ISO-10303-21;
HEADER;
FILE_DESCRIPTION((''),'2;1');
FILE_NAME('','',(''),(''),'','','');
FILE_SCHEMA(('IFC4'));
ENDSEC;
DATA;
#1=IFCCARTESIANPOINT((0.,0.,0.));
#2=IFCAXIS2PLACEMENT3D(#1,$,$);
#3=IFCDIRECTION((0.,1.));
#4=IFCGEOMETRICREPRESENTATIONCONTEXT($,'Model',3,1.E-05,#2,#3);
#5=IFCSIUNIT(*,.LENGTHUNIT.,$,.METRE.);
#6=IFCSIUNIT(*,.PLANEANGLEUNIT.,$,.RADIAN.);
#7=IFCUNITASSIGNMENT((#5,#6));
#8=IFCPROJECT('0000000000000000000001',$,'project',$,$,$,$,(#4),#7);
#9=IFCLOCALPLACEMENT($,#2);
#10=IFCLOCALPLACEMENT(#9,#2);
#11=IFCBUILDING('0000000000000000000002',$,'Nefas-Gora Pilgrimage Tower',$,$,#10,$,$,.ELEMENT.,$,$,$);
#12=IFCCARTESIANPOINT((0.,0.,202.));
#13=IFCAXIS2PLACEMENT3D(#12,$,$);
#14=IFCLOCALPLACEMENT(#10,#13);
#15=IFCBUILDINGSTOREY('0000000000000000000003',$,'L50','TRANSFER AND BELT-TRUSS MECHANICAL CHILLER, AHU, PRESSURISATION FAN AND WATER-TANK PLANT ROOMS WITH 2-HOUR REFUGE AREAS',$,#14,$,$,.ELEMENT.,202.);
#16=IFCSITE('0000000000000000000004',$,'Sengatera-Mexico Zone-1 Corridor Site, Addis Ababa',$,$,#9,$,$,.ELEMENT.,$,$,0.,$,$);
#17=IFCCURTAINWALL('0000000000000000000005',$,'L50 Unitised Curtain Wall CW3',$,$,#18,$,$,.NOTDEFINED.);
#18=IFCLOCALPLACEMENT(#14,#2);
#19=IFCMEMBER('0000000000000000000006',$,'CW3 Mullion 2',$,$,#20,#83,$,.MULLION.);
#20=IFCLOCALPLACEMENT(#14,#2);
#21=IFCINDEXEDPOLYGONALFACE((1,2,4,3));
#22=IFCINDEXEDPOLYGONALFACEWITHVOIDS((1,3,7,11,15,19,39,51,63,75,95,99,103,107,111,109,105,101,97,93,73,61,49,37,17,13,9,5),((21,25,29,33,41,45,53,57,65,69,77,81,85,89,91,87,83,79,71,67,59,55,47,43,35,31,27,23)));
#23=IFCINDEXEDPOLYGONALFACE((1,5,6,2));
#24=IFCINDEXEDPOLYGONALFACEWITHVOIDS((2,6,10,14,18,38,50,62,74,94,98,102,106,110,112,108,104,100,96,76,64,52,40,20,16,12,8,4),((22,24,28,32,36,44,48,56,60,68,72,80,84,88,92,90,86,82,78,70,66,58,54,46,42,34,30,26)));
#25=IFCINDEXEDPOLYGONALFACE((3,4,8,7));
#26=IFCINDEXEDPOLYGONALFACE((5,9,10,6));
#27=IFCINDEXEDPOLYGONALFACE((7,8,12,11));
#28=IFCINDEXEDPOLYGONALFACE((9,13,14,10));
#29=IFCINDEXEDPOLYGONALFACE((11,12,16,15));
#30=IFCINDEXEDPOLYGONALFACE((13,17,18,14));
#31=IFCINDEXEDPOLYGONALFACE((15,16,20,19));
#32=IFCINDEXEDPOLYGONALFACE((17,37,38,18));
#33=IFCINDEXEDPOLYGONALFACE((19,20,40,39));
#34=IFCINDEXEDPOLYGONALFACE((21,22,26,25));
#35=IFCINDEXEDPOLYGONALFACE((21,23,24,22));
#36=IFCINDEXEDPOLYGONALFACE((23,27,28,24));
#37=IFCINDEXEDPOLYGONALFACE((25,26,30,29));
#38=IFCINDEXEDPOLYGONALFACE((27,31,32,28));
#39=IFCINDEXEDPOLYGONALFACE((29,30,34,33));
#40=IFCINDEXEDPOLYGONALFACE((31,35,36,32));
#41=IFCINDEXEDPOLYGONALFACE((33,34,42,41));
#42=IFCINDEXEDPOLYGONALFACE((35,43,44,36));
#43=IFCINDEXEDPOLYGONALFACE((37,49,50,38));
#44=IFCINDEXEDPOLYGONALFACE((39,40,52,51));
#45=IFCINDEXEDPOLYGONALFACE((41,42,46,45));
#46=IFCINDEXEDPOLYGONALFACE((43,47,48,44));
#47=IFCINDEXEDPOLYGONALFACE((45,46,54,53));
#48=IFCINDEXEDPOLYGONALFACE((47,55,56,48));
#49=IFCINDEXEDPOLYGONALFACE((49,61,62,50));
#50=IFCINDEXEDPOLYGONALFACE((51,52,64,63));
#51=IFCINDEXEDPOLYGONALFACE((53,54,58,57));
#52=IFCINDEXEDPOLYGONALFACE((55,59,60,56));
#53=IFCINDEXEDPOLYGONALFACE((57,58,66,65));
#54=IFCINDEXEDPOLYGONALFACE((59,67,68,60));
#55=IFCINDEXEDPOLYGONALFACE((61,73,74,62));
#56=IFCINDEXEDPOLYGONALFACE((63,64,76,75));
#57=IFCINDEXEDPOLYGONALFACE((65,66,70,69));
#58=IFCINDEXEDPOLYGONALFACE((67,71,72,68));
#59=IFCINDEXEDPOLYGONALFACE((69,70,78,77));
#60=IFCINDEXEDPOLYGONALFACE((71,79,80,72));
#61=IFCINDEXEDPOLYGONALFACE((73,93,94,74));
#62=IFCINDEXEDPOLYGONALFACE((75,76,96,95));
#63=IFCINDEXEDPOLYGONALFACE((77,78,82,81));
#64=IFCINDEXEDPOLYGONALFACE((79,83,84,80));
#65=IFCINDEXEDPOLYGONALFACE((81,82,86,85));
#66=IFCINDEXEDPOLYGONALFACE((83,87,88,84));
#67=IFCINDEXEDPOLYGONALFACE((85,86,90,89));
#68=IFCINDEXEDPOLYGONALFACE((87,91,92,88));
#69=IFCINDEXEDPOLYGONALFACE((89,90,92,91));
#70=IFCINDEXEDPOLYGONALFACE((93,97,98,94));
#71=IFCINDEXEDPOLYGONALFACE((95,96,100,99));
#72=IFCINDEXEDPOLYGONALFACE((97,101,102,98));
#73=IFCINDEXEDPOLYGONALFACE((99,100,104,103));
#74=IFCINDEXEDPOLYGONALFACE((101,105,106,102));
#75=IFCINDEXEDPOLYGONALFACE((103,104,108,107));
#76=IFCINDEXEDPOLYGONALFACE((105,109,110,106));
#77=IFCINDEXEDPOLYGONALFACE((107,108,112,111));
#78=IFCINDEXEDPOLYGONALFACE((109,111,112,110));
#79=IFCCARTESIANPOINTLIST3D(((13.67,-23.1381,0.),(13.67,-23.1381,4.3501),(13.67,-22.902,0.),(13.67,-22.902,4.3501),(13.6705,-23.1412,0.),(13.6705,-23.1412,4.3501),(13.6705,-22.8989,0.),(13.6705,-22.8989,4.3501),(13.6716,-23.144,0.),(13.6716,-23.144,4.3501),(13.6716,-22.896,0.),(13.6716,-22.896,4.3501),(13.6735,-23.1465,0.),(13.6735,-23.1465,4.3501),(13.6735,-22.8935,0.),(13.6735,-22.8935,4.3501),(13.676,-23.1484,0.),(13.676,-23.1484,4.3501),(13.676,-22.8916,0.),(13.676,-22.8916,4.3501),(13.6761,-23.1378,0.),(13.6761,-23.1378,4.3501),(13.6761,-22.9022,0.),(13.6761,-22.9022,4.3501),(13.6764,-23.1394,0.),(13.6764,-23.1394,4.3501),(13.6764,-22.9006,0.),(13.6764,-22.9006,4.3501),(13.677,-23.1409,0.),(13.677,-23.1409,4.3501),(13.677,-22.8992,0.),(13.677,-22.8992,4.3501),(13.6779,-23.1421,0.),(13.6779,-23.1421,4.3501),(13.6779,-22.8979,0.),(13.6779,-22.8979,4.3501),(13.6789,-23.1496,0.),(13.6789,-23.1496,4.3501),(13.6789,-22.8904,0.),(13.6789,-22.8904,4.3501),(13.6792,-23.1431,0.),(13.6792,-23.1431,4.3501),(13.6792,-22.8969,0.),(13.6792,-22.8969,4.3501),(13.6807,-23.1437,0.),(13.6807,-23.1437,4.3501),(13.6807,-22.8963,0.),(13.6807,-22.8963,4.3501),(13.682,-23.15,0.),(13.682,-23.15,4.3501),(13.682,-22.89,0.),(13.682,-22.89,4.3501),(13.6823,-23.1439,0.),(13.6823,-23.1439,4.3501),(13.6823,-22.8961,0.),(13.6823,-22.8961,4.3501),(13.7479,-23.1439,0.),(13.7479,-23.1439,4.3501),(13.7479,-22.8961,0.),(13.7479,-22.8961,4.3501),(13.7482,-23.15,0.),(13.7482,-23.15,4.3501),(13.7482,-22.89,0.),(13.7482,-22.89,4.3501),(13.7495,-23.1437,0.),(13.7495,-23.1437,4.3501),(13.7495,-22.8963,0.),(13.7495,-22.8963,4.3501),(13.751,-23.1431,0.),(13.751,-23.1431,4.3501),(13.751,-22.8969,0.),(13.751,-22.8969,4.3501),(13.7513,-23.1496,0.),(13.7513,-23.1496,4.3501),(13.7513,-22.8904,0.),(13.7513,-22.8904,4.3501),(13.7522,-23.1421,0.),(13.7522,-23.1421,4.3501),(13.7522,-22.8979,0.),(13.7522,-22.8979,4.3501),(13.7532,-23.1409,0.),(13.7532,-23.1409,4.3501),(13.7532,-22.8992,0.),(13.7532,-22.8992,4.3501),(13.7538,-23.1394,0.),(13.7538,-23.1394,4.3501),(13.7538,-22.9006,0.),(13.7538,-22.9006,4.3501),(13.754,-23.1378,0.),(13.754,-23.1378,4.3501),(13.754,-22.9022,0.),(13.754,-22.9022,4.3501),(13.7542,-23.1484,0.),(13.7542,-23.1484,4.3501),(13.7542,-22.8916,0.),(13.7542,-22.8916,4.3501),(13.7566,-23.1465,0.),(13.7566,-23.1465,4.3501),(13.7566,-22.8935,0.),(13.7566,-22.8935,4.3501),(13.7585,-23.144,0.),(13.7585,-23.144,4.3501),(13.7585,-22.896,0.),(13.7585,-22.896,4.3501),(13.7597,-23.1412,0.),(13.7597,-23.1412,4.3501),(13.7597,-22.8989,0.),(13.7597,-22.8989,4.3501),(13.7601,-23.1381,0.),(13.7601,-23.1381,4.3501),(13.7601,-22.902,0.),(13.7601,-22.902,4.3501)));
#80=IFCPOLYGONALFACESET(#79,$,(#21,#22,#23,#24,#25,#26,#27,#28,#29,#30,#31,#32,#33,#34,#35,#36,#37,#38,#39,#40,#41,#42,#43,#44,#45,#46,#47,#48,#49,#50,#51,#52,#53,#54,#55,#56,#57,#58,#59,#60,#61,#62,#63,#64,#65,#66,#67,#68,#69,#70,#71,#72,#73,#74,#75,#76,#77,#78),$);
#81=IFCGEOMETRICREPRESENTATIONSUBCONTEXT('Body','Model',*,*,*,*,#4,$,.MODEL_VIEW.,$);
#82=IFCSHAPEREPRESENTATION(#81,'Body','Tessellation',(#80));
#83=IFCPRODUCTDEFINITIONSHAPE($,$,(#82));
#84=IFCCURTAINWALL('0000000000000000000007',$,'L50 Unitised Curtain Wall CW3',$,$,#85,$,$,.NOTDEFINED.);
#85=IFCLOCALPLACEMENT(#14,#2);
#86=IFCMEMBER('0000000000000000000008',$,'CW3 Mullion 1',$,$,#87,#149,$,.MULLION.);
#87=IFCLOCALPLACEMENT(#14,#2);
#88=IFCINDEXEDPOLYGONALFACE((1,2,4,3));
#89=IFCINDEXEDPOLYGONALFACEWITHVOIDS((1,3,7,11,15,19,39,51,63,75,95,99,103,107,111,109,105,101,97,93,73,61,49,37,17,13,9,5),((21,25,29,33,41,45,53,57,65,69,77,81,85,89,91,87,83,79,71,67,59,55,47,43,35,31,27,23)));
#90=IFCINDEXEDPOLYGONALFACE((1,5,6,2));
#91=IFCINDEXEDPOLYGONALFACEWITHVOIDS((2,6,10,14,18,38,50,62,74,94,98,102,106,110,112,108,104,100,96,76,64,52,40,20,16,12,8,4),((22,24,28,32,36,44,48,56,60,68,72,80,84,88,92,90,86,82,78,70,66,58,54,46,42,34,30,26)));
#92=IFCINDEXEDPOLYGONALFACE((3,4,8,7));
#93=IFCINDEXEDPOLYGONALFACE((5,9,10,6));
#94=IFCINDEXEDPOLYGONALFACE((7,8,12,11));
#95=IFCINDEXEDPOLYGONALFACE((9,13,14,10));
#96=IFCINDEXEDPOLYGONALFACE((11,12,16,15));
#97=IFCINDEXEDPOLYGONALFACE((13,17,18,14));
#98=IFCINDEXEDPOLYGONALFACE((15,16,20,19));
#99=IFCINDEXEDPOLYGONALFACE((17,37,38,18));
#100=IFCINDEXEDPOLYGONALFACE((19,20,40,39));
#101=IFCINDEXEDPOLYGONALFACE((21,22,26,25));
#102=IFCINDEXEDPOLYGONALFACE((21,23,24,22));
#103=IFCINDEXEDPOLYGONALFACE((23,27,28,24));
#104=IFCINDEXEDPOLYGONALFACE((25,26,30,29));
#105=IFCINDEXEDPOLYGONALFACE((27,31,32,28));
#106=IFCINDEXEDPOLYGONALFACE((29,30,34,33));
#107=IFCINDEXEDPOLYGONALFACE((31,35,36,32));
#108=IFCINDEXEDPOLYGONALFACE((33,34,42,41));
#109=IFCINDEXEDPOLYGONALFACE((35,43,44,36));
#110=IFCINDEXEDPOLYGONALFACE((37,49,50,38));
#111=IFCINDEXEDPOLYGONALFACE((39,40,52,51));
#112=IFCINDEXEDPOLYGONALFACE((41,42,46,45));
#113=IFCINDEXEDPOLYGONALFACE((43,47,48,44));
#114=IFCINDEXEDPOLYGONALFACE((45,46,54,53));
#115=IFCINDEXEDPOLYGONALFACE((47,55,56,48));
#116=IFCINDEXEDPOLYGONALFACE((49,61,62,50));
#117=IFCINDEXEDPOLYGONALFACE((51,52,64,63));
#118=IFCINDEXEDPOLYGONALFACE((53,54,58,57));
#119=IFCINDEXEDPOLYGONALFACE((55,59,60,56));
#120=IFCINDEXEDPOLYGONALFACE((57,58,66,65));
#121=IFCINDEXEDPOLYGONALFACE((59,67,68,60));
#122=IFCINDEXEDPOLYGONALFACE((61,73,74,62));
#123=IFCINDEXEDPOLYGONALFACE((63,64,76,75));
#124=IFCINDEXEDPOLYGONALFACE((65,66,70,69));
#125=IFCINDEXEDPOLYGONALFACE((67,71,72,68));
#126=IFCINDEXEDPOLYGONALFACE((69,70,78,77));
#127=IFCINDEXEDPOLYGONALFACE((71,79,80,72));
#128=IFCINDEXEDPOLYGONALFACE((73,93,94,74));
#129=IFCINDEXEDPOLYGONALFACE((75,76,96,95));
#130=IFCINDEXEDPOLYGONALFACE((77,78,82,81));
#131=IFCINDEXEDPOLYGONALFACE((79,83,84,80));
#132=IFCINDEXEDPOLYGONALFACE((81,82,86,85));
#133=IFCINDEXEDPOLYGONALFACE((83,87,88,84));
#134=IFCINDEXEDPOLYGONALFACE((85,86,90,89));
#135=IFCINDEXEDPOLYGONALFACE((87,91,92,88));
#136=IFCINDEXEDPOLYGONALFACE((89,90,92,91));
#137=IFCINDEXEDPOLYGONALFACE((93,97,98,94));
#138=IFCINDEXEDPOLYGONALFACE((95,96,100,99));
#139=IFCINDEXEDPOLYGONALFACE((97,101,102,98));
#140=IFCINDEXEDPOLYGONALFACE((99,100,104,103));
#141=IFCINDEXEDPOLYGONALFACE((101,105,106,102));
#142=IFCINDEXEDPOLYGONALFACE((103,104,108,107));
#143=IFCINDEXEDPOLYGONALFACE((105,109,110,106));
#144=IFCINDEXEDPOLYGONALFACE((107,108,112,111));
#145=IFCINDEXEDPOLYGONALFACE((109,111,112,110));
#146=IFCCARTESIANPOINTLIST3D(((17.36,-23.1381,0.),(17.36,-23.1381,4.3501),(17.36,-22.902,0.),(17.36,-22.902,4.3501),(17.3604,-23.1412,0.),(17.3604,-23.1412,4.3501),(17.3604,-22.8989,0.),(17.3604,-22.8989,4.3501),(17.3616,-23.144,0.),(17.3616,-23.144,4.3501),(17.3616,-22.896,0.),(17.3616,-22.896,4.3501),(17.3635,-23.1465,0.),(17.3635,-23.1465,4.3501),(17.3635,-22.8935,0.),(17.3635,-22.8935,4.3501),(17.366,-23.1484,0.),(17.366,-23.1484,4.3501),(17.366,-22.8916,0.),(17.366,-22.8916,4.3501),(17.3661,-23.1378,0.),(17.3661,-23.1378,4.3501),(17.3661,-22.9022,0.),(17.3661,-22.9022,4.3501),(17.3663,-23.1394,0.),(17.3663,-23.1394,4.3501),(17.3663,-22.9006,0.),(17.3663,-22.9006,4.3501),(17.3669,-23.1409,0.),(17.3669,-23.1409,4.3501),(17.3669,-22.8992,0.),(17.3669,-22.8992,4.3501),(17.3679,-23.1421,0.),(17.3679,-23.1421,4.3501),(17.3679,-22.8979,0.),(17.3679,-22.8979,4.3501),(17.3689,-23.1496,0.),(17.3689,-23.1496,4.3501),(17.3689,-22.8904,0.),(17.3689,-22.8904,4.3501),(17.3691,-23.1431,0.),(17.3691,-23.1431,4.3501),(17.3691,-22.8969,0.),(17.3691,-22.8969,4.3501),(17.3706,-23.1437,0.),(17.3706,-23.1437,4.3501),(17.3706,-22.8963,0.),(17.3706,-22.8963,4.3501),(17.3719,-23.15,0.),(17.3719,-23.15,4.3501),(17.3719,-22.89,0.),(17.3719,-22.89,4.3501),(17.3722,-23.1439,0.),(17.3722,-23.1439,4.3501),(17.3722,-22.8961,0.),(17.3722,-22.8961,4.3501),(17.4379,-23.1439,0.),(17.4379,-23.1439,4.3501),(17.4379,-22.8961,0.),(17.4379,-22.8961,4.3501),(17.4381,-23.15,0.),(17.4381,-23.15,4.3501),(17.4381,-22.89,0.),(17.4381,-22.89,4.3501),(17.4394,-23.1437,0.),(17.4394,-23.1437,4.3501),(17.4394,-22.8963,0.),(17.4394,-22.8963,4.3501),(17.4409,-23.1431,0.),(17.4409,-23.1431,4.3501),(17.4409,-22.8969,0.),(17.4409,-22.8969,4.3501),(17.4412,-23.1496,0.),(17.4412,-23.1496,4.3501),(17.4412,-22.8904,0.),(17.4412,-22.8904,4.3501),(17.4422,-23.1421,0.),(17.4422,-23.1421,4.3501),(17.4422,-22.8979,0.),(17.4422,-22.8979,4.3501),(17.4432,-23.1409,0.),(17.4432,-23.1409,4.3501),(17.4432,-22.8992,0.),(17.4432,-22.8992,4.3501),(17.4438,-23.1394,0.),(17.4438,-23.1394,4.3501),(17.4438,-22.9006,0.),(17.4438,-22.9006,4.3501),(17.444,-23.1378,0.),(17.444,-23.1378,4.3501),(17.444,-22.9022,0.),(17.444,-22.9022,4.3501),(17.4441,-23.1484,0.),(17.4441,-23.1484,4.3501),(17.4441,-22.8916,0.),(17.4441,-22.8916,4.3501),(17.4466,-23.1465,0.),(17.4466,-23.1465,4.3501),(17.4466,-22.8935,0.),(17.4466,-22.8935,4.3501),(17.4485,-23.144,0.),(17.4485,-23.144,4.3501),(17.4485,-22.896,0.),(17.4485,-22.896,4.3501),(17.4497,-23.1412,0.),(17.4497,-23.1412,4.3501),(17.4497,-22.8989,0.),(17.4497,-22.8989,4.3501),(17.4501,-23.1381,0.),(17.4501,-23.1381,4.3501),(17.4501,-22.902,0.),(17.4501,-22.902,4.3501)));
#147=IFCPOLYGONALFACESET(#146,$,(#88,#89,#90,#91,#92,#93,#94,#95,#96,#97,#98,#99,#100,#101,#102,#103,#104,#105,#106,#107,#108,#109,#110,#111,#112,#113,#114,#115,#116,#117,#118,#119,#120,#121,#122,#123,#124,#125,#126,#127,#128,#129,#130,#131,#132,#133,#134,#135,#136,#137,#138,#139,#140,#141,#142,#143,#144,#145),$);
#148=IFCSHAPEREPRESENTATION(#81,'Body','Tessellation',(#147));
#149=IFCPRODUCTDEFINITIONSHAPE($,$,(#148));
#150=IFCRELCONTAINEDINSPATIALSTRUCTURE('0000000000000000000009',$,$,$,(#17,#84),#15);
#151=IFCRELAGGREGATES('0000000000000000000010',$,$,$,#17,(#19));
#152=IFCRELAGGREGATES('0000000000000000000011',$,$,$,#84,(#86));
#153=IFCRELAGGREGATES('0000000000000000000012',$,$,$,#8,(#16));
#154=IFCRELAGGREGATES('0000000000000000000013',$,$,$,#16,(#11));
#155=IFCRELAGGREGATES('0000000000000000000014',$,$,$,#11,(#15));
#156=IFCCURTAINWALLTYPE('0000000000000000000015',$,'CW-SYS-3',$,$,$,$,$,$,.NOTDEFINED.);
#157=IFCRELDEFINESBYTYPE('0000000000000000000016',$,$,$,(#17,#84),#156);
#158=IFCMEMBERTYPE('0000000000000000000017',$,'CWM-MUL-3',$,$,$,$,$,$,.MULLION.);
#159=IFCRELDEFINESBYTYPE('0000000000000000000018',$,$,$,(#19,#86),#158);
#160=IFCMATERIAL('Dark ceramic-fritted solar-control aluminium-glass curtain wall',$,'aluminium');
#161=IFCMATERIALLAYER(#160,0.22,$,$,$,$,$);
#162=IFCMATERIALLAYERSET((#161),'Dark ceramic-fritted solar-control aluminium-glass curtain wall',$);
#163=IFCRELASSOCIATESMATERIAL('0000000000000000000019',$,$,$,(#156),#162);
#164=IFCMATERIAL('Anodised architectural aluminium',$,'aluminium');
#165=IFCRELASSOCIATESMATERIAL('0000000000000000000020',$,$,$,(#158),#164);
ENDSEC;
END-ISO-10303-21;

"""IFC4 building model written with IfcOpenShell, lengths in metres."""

from ifc_helpers import new_model, si_unit, direction, frame, origin, origin_2d, place, context, subcontext, project, spatial, hollow_rectangle, extrude, source, transform, mapped, material, layer, layer_set, material_profile, profile_set, type_object, element, aggregate, save


model = new_model("IFC4")

# Units and contexts
model_context = context("Model", 3, precision=1e-05, world=origin(), true_north=direction((0.0, 1.0)))
body_context = subcontext(model_context, "Body", "Model", "MODEL_VIEW")
ifc_project = project(units=[si_unit("LENGTHUNIT", "METRE"), si_unit("PLANEANGLEUNIT", "RADIAN")], contexts=[model_context])

# Site, building, storey
site_placement = place(None, origin())
site = spatial("IfcSite", under=ifc_project, at=site_placement, Name="Sengatera-Mexico Zone-1 Corridor Site, Addis Ababa", CompositionType="ELEMENT", RefElevation=0.0)
building_placement = place(site_placement, origin())
building = spatial("IfcBuilding", under=site, at=building_placement, Name="Nefas-Gora Pilgrimage Tower", CompositionType="ELEMENT")
storey_placement = place(building_placement, frame((0.0, 0.0, 202.0)))
storey = spatial("IfcBuildingStorey", under=building, at=storey_placement, Name="L50", Description="TRANSFER AND BELT-TRUSS MECHANICAL CHILLER, AHU, PRESSURISATION FAN AND WATER-TANK PLANT ROOMS WITH 2-HOUR REFUGE AREAS", CompositionType="ELEMENT", Elevation=202.0)

# Curtain walls, members
ifc_material_1 = material(Name="Dark ceramic-fritted solar-control aluminium-glass curtain wall", Category="aluminium")
ifc_layer_1 = layer(ifc_material_1, 0.22)
ifc_layer_set_1 = layer_set([ifc_layer_1], Name="Dark ceramic-fritted solar-control aluminium-glass curtain wall")
curtain_wall_type = type_object("IfcCurtainWallType", Name="CW-SYS-3", PredefinedType="NOTDEFINED", material=ifc_layer_set_1)
curtain_wall_1_placement = place(storey_placement, origin())
curtain_wall_1 = element("IfcCurtainWall", 1, at=curtain_wall_1_placement, inside=storey, type_object=curtain_wall_type, Name="L50 Unitised Curtain Wall CW3", PredefinedType="NOTDEFINED")
ifc_material_2 = material(Name="Anodised architectural aluminium", Category="aluminium")
ifc_material_profile_1 = material_profile(ifc_material_2, hollow_rectangle(XDim=0.0901, YDim=0.26, WallThickness=0.0061, InnerFilletRadius=0.0061, OuterFilletRadius=0.012, at=origin_2d()), Name="ALU MULLION 90x260")
ifc_profile_set_1 = profile_set([ifc_material_profile_1], Name="Anodised architectural aluminium")
member_type_1 = type_object("IfcMemberType", Name="CWM-MUL-3", PredefinedType="MULLION", material=ifc_profile_set_1)
shared_shape_1 = source(origin(), body_context, "Body", "SweptSolid", [
    extrude(hollow_rectangle(XDim=0.0901, YDim=0.26, WallThickness=0.0061, InnerFilletRadius=0.0061, OuterFilletRadius=0.012, at=origin_2d()), origin(), (0.0, 0.0, 1.0), 4.3501),
])
member_1_placement = place(storey_placement, frame((13.7151, -23.02, 0.0), z_axis=(0.0, 0.0, 1.0), x_axis=(1.0, 0.0, 0.0)))
member_1 = element("IfcMember", 2, at=member_1_placement, type_object=member_type_1, Name="CW3 Mullion 2", PredefinedType="MULLION", context=body_context, shape_type="MappedRepresentation", body=[
    mapped(shared_shape_1, transform((0.0, 0.0, 0.0), x_axis=(1.0, 0.0, 0.0), y_axis=(0.0, 1.0, 0.0), z_axis=(0.0, 0.0, 1.0), scale=1.0)),
])
curtain_wall_2_placement = place(storey_placement, origin())
curtain_wall_2 = element("IfcCurtainWall", 3, at=curtain_wall_2_placement, inside=storey, type_object=curtain_wall_type, Name="L50 Unitised Curtain Wall CW3", PredefinedType="NOTDEFINED")
member_2_placement = place(storey_placement, frame((17.405, -23.02, 0.0), z_axis=(0.0, 0.0, 1.0), x_axis=(1.0, 0.0, 0.0)))
member_2 = element("IfcMember", 4, at=member_2_placement, type_object=member_type_1, Name="CW3 Mullion 1", PredefinedType="MULLION", context=body_context, shape_type="MappedRepresentation", body=[
    mapped(shared_shape_1, transform((0.0, 0.0, 0.0), x_axis=(1.0, 0.0, 0.0), y_axis=(0.0, 1.0, 0.0), z_axis=(0.0, 0.0, 1.0), scale=1.0)),
])

aggregate(curtain_wall_1, [member_1])
aggregate(curtain_wall_2, [member_2])

save(model, "model.ifc")
